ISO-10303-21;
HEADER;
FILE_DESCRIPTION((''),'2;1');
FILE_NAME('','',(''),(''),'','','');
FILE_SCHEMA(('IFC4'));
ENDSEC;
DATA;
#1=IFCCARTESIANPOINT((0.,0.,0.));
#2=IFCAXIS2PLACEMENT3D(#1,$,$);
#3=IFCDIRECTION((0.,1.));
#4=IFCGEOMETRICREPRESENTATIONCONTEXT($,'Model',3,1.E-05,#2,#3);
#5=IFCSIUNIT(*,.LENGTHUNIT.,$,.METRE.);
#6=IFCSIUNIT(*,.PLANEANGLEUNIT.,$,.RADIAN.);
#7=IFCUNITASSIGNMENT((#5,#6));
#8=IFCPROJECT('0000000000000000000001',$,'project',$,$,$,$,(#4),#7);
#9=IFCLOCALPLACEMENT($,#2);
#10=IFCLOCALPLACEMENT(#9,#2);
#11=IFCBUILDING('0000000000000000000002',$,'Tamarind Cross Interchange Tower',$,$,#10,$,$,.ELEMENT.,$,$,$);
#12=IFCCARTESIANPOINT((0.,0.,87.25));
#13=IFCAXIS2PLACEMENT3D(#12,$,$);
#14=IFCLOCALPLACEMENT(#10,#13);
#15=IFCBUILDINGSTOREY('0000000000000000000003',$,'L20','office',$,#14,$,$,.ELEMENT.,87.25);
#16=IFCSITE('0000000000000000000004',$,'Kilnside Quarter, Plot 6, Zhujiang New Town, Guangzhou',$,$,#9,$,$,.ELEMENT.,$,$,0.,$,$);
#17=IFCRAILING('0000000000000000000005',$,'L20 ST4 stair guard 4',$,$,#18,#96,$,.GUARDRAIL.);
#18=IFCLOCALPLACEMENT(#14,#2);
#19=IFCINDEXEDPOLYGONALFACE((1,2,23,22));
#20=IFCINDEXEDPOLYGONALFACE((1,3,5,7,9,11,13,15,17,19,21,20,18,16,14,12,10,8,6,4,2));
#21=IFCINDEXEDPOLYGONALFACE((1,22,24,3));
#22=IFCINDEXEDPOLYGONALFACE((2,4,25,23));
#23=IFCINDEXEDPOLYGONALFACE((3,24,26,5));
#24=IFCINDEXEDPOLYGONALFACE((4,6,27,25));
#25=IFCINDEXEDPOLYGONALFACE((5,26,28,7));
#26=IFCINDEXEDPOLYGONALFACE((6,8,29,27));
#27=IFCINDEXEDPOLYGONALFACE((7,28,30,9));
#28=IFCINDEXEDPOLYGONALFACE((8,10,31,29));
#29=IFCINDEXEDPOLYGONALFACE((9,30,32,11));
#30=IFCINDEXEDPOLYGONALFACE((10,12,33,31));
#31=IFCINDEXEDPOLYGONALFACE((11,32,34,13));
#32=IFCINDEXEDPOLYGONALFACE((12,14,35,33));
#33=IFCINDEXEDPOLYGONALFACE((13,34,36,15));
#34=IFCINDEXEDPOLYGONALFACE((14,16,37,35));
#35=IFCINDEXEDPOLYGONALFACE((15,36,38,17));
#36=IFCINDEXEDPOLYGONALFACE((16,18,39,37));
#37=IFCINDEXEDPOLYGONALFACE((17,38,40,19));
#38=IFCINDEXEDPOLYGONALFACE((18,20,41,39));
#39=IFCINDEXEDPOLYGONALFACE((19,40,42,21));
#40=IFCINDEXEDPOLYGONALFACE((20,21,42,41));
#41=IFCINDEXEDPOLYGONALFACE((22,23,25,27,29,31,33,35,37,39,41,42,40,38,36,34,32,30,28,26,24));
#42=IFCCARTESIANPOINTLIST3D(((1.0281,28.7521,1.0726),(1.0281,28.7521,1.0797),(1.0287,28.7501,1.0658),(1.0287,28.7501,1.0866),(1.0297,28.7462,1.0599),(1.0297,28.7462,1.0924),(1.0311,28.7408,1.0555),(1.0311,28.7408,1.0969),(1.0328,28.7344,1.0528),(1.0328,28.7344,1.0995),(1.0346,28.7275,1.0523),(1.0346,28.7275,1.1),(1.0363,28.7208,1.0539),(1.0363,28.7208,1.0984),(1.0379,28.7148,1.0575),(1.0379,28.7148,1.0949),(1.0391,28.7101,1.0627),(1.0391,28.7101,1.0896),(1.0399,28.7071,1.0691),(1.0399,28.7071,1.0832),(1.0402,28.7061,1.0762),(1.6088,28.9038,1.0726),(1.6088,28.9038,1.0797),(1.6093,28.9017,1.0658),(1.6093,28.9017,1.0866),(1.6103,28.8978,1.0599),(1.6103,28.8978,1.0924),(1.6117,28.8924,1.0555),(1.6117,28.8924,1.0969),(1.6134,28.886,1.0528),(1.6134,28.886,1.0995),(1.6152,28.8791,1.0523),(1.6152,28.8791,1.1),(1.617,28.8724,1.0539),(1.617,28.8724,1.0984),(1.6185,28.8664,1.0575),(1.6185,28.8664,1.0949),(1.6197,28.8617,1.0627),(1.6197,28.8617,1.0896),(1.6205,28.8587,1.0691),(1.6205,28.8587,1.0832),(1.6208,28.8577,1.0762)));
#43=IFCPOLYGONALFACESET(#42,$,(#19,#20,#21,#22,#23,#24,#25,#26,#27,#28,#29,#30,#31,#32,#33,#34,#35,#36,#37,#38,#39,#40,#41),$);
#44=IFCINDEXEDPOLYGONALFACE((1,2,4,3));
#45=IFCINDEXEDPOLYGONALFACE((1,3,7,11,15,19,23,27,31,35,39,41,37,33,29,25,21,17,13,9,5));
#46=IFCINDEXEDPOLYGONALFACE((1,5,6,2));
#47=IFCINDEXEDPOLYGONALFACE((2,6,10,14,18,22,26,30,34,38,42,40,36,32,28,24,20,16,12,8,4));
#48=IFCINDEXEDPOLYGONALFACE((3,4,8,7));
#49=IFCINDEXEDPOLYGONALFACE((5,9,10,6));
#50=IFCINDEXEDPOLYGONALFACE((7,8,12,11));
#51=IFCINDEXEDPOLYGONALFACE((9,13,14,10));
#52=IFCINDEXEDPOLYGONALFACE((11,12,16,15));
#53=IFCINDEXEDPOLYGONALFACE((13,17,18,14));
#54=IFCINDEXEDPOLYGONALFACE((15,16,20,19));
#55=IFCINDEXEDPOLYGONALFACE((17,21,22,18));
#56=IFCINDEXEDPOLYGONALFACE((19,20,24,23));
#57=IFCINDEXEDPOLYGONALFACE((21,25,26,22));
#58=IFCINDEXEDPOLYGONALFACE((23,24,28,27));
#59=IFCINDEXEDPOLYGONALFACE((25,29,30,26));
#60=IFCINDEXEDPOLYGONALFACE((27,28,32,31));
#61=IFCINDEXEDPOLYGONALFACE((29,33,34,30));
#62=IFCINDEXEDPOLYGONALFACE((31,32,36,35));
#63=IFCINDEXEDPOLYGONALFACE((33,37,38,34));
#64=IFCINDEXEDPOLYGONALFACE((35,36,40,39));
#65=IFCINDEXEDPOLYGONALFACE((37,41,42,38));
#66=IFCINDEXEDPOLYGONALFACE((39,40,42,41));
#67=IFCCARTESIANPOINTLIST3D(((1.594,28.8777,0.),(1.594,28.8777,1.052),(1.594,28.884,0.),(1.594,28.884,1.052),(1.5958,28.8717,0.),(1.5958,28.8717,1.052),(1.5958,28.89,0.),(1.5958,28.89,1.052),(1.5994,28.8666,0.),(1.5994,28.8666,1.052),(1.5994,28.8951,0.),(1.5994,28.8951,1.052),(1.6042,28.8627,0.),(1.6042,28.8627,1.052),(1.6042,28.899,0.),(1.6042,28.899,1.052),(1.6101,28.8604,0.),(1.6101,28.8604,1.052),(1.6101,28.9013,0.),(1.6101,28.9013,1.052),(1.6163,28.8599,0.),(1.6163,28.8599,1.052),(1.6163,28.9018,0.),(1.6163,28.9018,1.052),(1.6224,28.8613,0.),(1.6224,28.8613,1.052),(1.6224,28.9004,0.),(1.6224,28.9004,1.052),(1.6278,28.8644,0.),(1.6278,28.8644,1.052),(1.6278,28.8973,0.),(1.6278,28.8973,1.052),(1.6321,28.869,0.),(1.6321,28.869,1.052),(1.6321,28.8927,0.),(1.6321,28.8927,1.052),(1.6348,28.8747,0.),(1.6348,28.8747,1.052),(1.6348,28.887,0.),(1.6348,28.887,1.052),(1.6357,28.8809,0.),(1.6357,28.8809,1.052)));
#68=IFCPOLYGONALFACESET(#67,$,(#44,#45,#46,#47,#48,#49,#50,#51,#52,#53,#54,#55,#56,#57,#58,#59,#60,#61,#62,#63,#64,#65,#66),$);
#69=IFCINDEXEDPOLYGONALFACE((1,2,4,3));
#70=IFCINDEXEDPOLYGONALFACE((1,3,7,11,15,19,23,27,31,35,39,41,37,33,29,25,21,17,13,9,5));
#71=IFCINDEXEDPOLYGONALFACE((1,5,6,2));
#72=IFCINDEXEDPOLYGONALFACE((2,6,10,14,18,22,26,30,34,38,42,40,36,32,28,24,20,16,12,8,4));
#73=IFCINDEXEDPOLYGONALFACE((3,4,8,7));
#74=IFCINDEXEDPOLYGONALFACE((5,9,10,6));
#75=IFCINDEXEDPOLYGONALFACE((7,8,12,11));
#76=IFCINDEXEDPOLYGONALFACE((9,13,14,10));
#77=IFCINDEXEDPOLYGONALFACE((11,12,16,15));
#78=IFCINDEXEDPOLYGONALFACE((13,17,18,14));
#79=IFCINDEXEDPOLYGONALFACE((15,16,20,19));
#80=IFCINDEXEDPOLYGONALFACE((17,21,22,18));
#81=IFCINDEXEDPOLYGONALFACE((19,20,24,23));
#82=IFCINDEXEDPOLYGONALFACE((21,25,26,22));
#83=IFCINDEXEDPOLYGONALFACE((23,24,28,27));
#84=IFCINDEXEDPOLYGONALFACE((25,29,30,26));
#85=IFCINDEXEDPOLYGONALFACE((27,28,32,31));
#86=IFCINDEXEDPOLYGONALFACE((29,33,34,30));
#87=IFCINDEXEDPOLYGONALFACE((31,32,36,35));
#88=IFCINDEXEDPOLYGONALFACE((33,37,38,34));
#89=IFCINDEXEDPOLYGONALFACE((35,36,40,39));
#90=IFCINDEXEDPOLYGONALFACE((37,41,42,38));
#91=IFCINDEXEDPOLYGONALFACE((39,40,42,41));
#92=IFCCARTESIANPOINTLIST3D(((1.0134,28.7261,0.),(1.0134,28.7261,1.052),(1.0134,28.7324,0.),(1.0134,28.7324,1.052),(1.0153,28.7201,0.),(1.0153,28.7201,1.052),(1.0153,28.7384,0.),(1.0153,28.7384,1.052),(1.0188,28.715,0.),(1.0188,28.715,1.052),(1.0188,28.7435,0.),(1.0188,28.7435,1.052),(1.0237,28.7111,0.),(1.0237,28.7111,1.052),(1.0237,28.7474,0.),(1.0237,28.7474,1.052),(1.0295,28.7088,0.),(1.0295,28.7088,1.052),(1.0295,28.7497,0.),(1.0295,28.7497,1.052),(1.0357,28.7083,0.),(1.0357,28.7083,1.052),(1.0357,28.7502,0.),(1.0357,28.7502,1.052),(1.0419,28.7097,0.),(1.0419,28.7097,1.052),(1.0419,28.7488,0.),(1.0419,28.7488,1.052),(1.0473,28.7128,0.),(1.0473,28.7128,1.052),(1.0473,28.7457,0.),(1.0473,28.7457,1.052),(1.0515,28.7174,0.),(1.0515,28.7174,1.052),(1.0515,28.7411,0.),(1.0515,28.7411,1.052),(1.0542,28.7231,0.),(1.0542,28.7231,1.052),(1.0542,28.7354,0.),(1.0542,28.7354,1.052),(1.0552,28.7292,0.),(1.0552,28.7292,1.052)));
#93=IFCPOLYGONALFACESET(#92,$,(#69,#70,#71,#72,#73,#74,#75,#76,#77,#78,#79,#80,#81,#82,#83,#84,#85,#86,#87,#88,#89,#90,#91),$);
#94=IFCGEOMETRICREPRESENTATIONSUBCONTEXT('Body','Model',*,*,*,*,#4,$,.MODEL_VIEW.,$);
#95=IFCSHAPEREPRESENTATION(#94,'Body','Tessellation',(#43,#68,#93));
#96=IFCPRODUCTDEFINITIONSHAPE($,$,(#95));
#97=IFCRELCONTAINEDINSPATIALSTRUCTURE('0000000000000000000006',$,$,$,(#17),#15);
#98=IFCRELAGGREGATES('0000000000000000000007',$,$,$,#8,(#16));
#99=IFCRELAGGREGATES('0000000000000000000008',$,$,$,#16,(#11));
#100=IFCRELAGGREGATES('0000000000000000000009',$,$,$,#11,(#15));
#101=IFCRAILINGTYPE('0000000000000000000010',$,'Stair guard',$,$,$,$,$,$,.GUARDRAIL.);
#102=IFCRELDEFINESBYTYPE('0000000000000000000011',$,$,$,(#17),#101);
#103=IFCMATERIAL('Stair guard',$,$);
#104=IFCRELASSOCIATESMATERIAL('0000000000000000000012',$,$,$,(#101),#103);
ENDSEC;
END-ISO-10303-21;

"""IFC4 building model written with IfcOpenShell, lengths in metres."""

from ifc_helpers import new_model, si_unit, direction, frame, origin, origin_2d, place, context, subcontext, project, spatial, circle, extrude, material, type_object, element, save


model = new_model("IFC4")

# Units and contexts
model_context = context("Model", 3, precision=1e-05, world=origin(), true_north=direction((0.0, 1.0)))
body_context = subcontext(model_context, "Body", "Model", "MODEL_VIEW")
ifc_project = project(units=[si_unit("LENGTHUNIT", "METRE"), si_unit("PLANEANGLEUNIT", "RADIAN")], contexts=[model_context])

# Site, building, storey
site_placement = place(None, origin())
site = spatial("IfcSite", under=ifc_project, at=site_placement, Name="Kilnside Quarter, Plot 6, Zhujiang New Town, Guangzhou", CompositionType="ELEMENT", RefElevation=0.0)
building_placement = place(site_placement, origin())
building = spatial("IfcBuilding", under=site, at=building_placement, Name="Tamarind Cross Interchange Tower", CompositionType="ELEMENT")
storey_placement = place(building_placement, frame((0.0, 0.0, 87.25)))
storey = spatial("IfcBuildingStorey", under=building, at=storey_placement, Name="L20", Description="office", CompositionType="ELEMENT", Elevation=87.25)

# Railing
ifc_material_1 = material(Name="Stair guard")
railing_type_1 = type_object("IfcRailingType", Name="Stair guard", PredefinedType="GUARDRAIL", material=ifc_material_1)
railing_1_placement = place(storey_placement, frame((1.6147, 28.8809, 0.0)))
element("IfcRailing", 1, at=railing_1_placement, inside=storey, type_object=railing_type_1, Name="L20 ST4 stair guard 4", PredefinedType="GUARDRAIL", context=body_context, shape_type="SweptSolid", body=[
    extrude(circle(Radius=0.0239, at=origin_2d()), frame((0.0, 0.0, 1.0762), z_axis=(-0.967552, -0.25267, 0.0), x_axis=(0.25267, -0.967552, 0.0)), (0.0, 0.0, 1.0), 0.6001),
    extrude(circle(Radius=0.021, at=origin_2d()), origin(), (0.0, 0.0, 1.0), 1.052),
    extrude(circle(Radius=0.021, at=origin_2d()), frame((-0.5806, -0.1516, 0.0)), (0.0, 0.0, 1.0), 1.052),
])

save(model, "model.ifc")
